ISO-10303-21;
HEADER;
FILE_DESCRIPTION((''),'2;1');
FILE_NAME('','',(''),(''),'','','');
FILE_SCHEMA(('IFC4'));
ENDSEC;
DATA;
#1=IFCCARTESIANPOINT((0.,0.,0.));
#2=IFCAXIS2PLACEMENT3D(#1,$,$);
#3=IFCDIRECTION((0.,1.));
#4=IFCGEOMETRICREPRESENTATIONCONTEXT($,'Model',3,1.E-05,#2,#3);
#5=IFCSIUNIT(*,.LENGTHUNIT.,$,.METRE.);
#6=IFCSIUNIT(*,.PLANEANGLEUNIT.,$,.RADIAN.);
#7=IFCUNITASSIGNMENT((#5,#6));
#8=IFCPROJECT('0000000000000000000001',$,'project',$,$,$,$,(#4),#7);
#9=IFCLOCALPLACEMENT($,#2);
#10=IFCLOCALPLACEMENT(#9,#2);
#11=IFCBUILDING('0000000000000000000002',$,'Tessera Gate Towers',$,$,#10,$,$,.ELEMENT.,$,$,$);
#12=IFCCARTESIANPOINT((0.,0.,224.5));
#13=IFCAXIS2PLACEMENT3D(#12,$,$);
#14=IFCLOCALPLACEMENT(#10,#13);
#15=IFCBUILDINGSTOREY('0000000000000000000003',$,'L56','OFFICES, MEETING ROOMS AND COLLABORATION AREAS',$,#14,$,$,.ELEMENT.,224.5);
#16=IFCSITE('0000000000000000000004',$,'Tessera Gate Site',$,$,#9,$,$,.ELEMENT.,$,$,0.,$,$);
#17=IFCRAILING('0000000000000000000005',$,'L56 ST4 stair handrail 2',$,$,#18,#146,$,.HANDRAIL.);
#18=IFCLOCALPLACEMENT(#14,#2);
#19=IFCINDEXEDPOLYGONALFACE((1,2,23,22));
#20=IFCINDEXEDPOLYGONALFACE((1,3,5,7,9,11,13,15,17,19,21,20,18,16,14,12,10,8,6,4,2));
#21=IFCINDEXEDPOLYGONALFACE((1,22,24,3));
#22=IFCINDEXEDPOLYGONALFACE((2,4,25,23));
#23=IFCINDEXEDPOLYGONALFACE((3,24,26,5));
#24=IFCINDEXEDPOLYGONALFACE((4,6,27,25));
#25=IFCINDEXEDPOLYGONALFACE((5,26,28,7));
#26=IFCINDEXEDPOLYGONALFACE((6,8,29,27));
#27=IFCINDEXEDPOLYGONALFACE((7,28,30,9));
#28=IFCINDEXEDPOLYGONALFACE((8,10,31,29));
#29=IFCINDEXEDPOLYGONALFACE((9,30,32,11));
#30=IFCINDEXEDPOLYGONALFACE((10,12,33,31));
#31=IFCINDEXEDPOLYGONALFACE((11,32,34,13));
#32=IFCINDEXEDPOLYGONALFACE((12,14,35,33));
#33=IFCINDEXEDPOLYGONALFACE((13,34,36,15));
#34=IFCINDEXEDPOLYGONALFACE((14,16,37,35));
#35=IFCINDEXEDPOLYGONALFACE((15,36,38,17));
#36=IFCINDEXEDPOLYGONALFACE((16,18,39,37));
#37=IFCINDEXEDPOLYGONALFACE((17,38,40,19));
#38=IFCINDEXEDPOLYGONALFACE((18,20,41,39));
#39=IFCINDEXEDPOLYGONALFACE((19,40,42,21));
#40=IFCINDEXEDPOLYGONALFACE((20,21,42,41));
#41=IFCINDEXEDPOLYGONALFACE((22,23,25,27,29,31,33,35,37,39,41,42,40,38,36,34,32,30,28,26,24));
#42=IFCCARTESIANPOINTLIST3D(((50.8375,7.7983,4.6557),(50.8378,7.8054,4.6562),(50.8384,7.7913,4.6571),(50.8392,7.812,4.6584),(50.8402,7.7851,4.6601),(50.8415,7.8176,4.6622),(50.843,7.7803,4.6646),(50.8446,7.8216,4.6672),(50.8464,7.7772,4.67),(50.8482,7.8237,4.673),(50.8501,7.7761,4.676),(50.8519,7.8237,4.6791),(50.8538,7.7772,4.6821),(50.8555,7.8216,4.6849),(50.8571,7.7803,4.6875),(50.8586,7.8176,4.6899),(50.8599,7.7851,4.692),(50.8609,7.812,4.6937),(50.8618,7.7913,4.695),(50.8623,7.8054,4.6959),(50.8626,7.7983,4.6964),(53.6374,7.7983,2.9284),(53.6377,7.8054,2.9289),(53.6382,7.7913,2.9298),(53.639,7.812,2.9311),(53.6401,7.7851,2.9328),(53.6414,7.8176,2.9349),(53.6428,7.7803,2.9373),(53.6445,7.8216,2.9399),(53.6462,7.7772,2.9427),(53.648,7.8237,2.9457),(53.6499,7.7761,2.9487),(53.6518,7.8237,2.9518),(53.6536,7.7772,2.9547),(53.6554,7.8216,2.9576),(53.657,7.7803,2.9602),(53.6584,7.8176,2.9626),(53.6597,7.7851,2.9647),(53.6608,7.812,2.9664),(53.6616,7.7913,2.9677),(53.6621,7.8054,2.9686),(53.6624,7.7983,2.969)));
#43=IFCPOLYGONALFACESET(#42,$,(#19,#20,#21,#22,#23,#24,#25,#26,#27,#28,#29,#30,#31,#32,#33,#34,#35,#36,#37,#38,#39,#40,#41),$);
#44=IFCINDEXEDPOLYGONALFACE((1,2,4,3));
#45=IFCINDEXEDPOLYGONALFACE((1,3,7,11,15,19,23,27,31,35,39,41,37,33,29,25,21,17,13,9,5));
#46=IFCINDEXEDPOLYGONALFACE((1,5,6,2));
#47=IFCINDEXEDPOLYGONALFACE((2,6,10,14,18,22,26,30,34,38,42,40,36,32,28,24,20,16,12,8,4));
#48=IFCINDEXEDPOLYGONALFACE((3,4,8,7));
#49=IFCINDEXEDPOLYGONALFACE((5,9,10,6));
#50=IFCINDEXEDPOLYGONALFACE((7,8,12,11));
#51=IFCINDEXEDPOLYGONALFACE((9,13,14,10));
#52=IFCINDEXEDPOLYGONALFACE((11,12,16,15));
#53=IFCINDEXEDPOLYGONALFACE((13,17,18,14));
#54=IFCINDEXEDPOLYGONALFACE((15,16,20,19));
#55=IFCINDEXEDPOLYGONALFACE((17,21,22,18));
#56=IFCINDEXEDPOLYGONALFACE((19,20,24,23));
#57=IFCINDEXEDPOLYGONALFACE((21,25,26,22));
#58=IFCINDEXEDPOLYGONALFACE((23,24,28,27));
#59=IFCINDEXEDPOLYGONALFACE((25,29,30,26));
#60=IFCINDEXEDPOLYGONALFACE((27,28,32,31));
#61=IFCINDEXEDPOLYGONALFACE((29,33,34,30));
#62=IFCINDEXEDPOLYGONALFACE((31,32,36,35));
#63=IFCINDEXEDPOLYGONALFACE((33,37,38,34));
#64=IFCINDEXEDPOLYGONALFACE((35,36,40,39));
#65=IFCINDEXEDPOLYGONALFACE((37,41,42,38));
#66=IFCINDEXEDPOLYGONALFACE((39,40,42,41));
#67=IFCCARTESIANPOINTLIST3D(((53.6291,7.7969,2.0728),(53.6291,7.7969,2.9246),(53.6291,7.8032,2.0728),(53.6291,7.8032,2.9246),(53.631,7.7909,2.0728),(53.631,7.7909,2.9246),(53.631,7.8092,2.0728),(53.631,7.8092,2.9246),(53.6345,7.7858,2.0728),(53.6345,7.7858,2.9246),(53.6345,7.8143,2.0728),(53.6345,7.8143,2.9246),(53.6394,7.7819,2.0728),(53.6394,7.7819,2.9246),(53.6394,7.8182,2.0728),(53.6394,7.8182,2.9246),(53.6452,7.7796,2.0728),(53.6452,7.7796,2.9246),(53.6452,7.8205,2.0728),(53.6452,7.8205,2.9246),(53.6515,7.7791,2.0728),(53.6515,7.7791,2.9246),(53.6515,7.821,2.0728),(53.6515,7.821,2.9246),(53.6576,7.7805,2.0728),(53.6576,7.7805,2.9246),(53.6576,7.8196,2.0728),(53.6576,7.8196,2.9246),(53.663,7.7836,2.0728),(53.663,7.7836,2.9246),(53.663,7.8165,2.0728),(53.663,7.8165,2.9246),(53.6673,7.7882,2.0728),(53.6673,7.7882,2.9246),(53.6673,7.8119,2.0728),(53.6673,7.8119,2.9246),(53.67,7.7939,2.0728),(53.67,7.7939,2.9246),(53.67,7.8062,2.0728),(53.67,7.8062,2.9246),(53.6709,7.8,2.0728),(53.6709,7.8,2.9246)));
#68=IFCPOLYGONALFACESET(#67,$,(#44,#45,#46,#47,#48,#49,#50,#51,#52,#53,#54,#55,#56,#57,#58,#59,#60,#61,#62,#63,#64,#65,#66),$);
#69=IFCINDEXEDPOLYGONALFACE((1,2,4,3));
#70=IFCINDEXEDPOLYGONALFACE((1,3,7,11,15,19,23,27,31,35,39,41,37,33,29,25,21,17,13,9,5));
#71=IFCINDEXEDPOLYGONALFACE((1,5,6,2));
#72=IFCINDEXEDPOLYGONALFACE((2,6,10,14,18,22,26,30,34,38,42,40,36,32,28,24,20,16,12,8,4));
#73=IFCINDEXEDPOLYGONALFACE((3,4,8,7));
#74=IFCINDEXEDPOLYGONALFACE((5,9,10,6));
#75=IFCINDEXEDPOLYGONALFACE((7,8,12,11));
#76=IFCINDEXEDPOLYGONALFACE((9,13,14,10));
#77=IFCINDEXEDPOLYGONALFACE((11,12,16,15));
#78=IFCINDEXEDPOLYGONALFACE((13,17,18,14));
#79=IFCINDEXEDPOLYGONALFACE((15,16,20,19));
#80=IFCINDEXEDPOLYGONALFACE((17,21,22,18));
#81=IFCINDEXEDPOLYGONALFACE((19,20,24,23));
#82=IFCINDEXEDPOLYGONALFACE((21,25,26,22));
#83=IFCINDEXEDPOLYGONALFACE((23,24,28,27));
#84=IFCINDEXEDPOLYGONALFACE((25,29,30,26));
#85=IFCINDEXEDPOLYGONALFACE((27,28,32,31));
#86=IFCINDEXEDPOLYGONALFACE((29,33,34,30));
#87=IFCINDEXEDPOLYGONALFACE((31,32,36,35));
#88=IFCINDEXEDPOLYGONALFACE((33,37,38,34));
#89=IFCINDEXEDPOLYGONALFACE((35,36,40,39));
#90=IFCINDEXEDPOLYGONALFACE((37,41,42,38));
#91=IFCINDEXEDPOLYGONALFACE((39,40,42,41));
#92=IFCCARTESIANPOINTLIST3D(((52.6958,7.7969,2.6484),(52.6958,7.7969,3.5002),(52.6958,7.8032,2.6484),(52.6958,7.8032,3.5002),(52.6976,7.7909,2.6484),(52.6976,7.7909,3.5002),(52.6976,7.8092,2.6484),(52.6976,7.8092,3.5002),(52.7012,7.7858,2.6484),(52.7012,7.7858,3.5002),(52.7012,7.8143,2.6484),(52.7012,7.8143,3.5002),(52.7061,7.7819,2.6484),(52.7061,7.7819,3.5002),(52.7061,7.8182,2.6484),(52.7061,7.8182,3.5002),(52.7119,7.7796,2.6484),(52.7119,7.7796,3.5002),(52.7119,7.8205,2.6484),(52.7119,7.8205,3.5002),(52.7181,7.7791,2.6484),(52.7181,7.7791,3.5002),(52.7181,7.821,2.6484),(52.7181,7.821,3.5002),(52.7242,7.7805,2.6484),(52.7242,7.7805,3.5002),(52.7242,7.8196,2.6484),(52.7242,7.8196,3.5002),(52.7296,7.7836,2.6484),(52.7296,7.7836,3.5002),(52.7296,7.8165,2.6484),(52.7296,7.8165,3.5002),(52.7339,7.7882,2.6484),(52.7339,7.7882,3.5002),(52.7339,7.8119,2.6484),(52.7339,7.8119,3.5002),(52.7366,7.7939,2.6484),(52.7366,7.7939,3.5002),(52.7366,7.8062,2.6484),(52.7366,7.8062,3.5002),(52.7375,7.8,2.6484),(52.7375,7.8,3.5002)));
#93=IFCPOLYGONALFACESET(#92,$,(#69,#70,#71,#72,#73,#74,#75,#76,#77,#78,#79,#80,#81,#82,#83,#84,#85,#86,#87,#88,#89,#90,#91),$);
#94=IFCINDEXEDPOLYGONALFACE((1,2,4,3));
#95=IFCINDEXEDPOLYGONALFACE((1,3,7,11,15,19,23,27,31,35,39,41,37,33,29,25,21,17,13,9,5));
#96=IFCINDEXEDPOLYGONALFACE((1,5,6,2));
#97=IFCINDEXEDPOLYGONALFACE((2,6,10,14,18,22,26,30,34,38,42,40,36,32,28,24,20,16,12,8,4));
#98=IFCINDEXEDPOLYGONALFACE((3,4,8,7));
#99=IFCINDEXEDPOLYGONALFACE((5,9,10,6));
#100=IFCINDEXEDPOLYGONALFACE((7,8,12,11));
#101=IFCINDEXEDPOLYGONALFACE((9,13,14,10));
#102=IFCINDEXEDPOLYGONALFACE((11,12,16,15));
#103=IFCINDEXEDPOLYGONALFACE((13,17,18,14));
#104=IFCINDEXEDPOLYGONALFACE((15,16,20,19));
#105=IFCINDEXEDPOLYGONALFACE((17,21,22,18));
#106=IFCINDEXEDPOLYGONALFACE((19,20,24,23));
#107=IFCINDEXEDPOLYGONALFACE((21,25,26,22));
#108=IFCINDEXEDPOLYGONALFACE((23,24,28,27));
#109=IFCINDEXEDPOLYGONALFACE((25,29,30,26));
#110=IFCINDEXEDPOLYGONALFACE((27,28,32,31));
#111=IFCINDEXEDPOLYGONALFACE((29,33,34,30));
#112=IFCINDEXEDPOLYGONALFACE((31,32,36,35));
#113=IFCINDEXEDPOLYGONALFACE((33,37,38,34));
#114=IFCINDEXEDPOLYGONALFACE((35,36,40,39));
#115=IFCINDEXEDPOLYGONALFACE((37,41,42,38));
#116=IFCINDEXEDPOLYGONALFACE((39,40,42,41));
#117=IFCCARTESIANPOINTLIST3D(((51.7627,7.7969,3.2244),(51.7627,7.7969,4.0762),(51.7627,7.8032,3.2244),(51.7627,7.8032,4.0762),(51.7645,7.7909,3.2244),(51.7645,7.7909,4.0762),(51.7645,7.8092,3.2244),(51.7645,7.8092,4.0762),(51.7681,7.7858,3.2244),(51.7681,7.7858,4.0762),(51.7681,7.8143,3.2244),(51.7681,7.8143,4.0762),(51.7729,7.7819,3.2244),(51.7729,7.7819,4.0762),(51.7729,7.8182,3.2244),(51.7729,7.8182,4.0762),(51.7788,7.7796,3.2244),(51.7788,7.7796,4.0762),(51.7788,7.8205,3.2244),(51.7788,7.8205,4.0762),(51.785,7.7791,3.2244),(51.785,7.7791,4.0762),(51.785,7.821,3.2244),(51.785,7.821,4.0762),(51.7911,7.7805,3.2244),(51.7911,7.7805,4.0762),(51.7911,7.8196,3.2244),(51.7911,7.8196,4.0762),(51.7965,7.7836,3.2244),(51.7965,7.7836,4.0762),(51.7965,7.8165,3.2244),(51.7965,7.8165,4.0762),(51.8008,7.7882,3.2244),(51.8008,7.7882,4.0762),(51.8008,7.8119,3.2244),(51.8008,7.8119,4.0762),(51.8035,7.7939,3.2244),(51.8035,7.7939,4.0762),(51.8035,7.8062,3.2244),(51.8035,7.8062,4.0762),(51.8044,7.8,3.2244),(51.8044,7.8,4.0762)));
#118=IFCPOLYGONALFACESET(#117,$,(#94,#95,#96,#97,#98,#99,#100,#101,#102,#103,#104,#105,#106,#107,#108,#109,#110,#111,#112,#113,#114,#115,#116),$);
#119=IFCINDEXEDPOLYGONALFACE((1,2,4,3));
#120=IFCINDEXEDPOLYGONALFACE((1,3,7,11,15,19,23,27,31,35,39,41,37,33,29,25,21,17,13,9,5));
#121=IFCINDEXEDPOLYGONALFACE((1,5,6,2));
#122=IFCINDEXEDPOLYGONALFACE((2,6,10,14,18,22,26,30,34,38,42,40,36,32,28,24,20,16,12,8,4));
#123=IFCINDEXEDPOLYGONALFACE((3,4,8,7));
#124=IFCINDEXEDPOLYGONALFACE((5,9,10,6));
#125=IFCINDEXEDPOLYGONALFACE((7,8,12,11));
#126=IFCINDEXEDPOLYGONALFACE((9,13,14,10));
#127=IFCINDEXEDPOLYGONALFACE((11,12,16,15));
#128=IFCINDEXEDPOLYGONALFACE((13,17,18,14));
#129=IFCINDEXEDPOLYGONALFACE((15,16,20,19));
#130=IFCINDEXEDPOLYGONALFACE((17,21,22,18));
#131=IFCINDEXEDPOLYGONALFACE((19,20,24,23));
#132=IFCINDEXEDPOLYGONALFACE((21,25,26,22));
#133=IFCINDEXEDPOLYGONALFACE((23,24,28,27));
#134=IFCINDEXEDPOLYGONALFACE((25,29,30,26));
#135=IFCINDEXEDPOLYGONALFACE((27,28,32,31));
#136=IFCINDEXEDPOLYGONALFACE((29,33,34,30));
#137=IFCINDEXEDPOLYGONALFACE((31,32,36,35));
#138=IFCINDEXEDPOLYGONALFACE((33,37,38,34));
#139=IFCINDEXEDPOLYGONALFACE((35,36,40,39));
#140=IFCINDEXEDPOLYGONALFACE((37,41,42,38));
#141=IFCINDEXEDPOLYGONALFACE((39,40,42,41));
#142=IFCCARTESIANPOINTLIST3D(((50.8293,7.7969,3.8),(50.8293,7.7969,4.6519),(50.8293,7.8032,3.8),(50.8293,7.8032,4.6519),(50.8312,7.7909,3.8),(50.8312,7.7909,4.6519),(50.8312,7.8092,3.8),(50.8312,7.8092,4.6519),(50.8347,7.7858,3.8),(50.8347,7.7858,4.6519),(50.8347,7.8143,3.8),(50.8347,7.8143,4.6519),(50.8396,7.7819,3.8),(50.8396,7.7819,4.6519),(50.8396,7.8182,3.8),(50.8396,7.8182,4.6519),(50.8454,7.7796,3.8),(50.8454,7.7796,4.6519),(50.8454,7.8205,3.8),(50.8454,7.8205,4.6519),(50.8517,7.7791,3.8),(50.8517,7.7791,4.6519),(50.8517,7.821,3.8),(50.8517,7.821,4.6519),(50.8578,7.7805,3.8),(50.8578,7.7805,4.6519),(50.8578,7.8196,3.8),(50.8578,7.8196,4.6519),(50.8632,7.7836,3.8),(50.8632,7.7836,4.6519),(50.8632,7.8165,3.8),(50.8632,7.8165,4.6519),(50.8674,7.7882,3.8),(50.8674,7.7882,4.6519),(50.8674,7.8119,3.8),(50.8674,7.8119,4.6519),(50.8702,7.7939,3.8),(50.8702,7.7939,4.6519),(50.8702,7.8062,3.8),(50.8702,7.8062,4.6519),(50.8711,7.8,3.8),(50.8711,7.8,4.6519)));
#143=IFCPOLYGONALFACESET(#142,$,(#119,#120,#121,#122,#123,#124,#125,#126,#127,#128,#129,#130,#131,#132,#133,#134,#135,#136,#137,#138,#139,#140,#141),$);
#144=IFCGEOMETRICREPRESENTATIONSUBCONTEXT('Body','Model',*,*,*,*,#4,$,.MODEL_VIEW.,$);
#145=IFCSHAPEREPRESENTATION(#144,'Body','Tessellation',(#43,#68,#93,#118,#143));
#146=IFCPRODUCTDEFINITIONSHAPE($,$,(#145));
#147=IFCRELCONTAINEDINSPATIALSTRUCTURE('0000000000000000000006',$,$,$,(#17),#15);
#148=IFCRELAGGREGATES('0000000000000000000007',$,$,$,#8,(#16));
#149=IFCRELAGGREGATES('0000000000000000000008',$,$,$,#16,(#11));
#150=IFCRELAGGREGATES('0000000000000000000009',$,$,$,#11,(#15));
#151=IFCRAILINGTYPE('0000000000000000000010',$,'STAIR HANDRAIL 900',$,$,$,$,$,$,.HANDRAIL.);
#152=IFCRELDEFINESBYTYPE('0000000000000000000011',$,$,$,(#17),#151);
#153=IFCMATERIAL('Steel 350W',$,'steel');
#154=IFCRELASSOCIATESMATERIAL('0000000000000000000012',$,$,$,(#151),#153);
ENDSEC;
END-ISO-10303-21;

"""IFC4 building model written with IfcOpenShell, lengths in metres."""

from ifc_helpers import new_model, si_unit, direction, frame, origin, origin_2d, place, context, subcontext, project, spatial, circle, extrude, material, type_object, element, save


model = new_model("IFC4")

# Units and contexts
model_context = context("Model", 3, precision=1e-05, world=origin(), true_north=direction((0.0, 1.0)))
body_context = subcontext(model_context, "Body", "Model", "MODEL_VIEW")
ifc_project = project(units=[si_unit("LENGTHUNIT", "METRE"), si_unit("PLANEANGLEUNIT", "RADIAN")], contexts=[model_context])

# Site, building, storey
site_placement = place(None, origin())
site = spatial("IfcSite", under=ifc_project, at=site_placement, Name="Tessera Gate Site", CompositionType="ELEMENT", RefElevation=0.0)
building_placement = place(site_placement, origin())
building = spatial("IfcBuilding", under=site, at=building_placement, Name="Tessera Gate Towers", CompositionType="ELEMENT")
storey_placement = place(building_placement, frame((0.0, 0.0, 224.5)))
storey = spatial("IfcBuildingStorey", under=building, at=storey_placement, Name="L56", Description="OFFICES, MEETING ROOMS AND COLLABORATION AREAS", CompositionType="ELEMENT", Elevation=224.5)

# Railing
ifc_material_1 = material(Name="Steel 350W", Category="steel")
railing_type_1 = type_object("IfcRailingType", Name="STAIR HANDRAIL 900", PredefinedType="HANDRAIL", material=ifc_material_1)
railing_1_placement = place(storey_placement, frame((53.6499, 7.8, 2.0728)))
element("IfcRailing", 1, at=railing_1_placement, inside=storey, type_object=railing_type_1, Name="L56 ST4 stair handrail 2", PredefinedType="HANDRAIL", context=body_context, shape_type="SweptSolid", body=[
    extrude(circle(Radius=0.0239, at=origin_2d()), frame((0.0, 0.0, 0.876), z_axis=(-0.851069, 0.0, 0.525054), x_axis=(0.0, -1.0, 0.0)), (0.0, 0.0, 1.0), 3.2898),
    extrude(circle(Radius=0.021, at=origin_2d()), origin(), (0.0, 0.0, 1.0), 0.8518),
    extrude(circle(Radius=0.021, at=origin_2d()), frame((-0.9333, 0.0, 0.5757)), (0.0, 0.0, 1.0), 0.8518),
    extrude(circle(Radius=0.021, at=origin_2d()), frame((-1.8665, 0.0, 1.1516)), (0.0, 0.0, 1.0), 0.8518),
    extrude(circle(Radius=0.021, at=origin_2d()), frame((-2.7998, 0.0, 1.7273)), (0.0, 0.0, 1.0), 0.8518),
])

save(model, "model.ifc")
